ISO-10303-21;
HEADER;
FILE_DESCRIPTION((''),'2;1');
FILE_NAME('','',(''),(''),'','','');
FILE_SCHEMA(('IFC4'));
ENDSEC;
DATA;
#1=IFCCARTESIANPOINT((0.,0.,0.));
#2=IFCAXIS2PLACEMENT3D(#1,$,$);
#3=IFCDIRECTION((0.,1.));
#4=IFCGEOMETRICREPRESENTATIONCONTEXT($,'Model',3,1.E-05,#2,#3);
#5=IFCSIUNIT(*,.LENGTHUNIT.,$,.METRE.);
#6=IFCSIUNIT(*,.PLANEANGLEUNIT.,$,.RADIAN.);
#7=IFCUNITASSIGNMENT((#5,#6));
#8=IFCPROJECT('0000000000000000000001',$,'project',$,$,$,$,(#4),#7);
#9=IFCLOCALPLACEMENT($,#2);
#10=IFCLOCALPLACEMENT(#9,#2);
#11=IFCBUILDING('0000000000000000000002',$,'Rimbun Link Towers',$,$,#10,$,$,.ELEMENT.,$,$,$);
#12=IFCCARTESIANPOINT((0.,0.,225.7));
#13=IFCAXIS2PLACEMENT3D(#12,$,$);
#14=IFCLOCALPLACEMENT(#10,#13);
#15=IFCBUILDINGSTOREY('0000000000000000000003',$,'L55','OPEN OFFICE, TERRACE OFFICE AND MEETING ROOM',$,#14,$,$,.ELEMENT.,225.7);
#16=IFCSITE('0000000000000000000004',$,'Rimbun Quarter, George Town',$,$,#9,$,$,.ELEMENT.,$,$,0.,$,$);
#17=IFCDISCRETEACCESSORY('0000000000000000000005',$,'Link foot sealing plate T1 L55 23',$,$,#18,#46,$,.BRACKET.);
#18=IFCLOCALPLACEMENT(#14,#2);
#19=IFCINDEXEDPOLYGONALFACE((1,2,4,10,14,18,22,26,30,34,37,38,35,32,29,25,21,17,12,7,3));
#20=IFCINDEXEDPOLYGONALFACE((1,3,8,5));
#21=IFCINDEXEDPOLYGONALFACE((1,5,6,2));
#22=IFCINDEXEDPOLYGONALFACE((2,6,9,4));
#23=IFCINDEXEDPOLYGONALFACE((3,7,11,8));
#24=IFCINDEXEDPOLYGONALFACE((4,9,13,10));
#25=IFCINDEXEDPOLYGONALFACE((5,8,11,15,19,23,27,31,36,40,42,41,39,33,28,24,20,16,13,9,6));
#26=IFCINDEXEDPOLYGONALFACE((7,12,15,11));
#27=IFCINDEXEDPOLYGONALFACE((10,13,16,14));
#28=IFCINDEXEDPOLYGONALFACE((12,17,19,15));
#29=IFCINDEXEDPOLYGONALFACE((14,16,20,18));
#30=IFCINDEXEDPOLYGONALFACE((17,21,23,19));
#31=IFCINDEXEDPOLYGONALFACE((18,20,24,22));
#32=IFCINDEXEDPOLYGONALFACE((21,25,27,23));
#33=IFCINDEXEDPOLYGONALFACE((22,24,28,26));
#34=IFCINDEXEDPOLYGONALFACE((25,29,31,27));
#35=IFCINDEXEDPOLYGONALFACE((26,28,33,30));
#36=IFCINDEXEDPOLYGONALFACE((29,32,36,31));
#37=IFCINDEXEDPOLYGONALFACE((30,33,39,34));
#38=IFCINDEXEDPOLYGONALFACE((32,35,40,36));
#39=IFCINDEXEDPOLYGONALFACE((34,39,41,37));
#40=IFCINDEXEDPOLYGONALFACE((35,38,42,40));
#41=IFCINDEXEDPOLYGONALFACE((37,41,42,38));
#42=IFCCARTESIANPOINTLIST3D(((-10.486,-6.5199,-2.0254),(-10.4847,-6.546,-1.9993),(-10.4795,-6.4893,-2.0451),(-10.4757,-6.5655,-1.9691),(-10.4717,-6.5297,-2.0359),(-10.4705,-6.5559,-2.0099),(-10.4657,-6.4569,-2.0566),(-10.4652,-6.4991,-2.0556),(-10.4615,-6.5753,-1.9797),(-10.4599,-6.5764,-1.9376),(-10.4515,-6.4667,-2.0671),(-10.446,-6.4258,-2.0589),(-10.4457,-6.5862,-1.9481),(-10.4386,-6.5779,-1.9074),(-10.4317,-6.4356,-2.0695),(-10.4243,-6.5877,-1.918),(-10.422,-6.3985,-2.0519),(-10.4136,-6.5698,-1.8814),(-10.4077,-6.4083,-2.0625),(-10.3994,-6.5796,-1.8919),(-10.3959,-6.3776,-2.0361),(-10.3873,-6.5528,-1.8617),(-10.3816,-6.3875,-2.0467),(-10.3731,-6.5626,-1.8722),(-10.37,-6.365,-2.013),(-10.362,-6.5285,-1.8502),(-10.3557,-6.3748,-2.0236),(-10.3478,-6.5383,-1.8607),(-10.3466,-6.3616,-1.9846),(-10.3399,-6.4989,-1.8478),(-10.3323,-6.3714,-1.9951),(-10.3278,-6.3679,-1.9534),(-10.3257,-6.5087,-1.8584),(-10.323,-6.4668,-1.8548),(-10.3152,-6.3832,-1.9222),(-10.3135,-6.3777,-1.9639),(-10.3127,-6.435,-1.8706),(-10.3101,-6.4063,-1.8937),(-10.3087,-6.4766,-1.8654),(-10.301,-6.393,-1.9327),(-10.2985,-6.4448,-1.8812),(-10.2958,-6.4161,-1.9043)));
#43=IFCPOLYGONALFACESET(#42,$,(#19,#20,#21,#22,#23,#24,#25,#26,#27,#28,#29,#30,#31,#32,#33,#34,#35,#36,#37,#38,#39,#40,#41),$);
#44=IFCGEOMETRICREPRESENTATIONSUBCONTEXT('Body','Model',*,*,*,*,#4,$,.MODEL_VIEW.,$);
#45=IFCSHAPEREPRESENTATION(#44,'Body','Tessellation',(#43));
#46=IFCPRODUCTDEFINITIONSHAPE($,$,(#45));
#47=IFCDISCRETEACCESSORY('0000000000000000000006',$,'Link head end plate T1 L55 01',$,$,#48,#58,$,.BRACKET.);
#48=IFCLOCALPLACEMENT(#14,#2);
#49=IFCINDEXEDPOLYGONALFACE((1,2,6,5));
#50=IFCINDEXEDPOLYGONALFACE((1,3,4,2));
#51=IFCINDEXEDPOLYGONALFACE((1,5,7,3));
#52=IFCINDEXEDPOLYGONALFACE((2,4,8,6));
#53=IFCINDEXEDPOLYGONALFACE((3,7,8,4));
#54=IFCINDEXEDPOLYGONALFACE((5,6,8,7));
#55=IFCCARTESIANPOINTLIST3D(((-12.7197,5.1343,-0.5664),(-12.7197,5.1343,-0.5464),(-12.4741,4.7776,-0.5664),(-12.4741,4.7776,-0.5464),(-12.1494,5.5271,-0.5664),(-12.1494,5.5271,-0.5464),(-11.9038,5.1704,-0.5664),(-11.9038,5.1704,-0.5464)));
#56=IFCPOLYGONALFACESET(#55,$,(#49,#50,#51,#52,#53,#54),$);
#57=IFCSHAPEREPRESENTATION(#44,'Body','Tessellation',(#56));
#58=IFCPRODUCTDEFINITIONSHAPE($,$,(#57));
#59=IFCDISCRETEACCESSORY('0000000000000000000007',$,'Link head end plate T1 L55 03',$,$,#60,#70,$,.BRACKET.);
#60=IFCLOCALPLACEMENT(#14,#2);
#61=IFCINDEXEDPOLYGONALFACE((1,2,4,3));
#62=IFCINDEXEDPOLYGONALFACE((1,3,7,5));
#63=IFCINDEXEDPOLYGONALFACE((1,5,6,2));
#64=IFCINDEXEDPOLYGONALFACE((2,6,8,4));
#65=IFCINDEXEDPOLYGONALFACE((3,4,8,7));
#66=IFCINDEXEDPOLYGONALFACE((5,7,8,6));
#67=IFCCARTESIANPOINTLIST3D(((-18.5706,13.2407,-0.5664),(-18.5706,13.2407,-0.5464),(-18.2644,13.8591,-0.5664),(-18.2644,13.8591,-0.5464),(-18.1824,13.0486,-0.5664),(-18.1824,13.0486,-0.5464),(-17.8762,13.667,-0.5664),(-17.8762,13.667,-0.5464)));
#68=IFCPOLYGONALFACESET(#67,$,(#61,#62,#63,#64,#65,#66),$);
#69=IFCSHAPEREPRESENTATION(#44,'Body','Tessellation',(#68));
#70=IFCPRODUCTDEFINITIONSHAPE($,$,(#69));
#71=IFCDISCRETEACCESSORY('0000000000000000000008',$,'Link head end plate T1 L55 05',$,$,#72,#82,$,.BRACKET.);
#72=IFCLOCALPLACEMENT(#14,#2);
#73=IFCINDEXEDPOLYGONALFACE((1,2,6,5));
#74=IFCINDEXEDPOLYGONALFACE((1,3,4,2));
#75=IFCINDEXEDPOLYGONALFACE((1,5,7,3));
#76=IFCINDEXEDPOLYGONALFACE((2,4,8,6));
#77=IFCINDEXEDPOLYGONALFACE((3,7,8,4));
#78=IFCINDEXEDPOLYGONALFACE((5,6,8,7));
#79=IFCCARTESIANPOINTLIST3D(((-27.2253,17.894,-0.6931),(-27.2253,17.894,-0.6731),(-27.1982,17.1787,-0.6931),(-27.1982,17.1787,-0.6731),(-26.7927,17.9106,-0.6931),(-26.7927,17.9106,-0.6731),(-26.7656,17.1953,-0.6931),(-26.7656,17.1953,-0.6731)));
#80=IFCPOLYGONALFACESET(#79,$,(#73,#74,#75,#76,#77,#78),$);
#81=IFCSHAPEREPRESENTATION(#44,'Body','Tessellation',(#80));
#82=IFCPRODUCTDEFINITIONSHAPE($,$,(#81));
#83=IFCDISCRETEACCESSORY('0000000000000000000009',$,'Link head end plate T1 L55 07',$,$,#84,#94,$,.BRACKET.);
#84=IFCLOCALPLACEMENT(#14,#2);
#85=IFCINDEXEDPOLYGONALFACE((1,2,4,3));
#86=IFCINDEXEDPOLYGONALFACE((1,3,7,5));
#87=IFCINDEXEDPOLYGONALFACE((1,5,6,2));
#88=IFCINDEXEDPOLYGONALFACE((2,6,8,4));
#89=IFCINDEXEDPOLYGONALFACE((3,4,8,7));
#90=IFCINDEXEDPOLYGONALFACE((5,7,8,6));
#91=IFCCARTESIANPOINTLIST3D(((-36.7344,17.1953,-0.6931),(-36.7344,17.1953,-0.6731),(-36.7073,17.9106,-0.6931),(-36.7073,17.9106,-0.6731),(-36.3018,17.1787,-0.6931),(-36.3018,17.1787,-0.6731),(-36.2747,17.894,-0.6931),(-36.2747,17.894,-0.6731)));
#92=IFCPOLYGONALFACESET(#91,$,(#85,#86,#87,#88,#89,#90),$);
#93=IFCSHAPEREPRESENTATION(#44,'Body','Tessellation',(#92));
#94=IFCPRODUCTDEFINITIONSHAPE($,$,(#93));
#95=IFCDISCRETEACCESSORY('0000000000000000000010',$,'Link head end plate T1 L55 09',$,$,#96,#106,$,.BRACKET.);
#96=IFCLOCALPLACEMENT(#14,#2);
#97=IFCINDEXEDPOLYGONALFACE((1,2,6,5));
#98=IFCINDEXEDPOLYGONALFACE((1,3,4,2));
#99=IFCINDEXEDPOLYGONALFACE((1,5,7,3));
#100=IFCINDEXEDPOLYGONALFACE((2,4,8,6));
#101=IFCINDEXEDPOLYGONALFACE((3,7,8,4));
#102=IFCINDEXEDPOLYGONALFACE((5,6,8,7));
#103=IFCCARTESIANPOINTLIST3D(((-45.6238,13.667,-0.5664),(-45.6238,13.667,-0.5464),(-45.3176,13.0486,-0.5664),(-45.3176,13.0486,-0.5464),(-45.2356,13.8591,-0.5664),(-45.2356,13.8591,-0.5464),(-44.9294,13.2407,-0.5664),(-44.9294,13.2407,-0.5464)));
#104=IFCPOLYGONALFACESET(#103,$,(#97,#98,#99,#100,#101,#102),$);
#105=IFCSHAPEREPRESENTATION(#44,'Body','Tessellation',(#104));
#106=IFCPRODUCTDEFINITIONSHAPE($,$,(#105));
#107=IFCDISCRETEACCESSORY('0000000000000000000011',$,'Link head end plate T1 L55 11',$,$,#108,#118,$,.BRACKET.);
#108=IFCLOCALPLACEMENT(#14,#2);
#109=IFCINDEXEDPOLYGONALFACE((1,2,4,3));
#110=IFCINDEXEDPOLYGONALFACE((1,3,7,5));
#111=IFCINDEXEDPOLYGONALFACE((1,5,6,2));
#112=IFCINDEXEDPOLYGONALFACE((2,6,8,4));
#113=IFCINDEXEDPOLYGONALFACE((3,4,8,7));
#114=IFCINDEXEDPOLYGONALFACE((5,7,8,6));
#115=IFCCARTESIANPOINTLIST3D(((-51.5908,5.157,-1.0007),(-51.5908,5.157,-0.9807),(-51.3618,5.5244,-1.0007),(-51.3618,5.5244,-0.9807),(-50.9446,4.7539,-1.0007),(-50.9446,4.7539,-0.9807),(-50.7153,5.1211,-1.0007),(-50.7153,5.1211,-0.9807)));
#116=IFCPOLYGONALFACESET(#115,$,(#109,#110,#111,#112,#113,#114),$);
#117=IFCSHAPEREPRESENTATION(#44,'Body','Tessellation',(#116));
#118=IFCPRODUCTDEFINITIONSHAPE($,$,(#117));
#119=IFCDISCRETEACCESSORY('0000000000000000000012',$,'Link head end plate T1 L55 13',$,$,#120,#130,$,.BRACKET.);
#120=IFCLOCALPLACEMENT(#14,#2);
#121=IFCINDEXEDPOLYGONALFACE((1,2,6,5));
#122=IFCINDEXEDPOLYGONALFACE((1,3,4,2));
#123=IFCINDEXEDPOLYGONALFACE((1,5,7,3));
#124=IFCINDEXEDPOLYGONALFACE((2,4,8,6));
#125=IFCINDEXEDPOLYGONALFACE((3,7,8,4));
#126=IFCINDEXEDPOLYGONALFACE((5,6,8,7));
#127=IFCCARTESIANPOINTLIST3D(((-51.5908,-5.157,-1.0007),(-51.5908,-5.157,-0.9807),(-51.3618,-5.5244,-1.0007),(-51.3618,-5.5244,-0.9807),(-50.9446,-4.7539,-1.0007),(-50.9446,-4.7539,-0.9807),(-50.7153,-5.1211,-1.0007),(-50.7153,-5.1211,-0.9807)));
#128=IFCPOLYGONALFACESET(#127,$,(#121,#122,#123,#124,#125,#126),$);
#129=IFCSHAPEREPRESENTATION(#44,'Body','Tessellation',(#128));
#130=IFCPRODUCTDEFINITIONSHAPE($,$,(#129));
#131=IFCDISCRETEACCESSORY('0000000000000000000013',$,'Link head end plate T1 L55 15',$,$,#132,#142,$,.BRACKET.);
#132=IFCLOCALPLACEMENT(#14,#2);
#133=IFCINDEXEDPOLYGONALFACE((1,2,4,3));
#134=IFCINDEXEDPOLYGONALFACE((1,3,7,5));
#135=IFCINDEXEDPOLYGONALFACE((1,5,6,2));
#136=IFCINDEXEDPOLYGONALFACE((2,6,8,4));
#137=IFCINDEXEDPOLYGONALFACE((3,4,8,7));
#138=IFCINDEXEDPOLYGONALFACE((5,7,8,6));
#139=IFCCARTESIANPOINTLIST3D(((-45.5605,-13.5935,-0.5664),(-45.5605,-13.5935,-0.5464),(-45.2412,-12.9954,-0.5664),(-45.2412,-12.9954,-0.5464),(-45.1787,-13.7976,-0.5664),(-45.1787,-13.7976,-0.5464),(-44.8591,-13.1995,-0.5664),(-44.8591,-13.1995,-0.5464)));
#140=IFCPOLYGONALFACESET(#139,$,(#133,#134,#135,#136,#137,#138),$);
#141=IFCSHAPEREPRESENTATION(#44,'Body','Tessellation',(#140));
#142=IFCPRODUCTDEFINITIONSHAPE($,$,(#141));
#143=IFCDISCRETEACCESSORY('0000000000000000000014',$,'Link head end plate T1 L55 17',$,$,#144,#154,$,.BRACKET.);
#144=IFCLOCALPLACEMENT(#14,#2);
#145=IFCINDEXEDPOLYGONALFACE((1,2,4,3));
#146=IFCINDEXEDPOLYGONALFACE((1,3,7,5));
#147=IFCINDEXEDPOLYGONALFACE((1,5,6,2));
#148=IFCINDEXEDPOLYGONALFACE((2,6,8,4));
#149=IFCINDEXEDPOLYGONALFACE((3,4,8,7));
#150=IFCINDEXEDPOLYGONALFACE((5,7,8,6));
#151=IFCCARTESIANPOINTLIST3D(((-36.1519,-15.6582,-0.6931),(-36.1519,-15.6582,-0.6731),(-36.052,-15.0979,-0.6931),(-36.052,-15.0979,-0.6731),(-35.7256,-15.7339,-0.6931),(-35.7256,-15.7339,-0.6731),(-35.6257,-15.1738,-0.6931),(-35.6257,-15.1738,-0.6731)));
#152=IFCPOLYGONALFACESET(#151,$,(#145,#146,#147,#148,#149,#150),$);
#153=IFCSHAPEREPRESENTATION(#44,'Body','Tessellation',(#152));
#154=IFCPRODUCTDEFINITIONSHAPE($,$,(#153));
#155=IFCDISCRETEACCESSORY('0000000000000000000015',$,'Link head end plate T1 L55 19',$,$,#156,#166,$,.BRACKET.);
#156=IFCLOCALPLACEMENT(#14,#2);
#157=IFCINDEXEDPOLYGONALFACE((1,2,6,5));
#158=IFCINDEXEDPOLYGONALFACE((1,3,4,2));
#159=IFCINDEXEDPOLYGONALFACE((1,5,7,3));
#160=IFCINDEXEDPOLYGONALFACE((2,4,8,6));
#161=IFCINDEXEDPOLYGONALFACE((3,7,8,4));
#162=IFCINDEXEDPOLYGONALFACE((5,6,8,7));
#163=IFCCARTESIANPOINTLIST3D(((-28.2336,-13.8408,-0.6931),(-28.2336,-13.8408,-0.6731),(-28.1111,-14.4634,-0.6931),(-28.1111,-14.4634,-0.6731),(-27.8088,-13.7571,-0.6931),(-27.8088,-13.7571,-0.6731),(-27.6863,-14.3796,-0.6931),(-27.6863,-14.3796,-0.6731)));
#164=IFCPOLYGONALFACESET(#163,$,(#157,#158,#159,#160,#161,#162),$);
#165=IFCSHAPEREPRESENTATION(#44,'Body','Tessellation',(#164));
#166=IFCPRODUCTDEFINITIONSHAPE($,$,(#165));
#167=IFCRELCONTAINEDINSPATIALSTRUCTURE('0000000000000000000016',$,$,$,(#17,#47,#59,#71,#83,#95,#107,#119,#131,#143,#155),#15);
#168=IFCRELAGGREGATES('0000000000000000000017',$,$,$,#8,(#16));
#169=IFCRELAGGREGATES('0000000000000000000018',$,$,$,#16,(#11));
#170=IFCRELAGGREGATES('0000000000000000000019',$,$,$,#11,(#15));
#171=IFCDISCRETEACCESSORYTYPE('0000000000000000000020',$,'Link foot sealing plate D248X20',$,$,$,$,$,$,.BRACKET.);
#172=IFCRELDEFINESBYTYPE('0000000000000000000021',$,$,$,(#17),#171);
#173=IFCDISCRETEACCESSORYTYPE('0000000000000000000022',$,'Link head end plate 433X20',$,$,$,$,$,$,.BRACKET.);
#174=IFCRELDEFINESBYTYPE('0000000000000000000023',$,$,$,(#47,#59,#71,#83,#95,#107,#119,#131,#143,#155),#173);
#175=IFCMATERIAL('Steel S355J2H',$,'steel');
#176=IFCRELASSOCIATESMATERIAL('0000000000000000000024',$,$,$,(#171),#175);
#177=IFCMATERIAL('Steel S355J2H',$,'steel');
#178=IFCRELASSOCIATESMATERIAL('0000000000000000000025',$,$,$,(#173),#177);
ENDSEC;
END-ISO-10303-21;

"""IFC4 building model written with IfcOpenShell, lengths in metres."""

from ifc_helpers import new_model, si_unit, direction, frame, origin, origin_2d, place, context, subcontext, project, spatial, polyline, rectangle, circle, outline, extrude, material, material_profile, profile_set, type_object, element, save


model = new_model("IFC4")

# Units and contexts
model_context = context("Model", 3, precision=1e-05, world=origin(), true_north=direction((0.0, 1.0)))
body_context = subcontext(model_context, "Body", "Model", "MODEL_VIEW")
ifc_project = project(units=[si_unit("LENGTHUNIT", "METRE"), si_unit("PLANEANGLEUNIT", "RADIAN")], contexts=[model_context])

# Site, building, storey
site_placement = place(None, origin())
site = spatial("IfcSite", under=ifc_project, at=site_placement, Name="Rimbun Quarter, George Town", CompositionType="ELEMENT", RefElevation=0.0)
building_placement = place(site_placement, origin())
building = spatial("IfcBuilding", under=site, at=building_placement, Name="Rimbun Link Towers", CompositionType="ELEMENT")
storey_placement = place(building_placement, frame((0.0, 0.0, 225.7)))
storey = spatial("IfcBuildingStorey", under=building, at=storey_placement, Name="L55", Description="OPEN OFFICE, TERRACE OFFICE AND MEETING ROOM", CompositionType="ELEMENT", Elevation=225.7)

# Discrete accessories
ifc_material_1 = material(Name="Steel S355J2H", Category="steel")
ifc_material_profile_1 = material_profile(ifc_material_1, circle(Radius=0.124, at=origin_2d()), Name="PL D248")
ifc_profile_set_1 = profile_set([ifc_material_profile_1], Name="Steel S355J2H")
discrete_accessory_type_1 = type_object("IfcDiscreteAccessoryType", Name="Link foot sealing plate D248X20", PredefinedType="BRACKET", material=ifc_profile_set_1)
discrete_accessory_1_placement = place(storey_placement, frame((-10.3982, -6.47, -1.9534), z_axis=(0.702682, -0.484608, -0.520954), x_axis=(0.567733, 0.823213, 0.0)))
element("IfcDiscreteAccessory", 1, at=discrete_accessory_1_placement, inside=storey, type_object=discrete_accessory_type_1, Name="Link foot sealing plate T1 L55 23", PredefinedType="BRACKET", context=body_context, shape_type="SweptSolid", body=[
    extrude(circle(Radius=0.124, at=origin_2d()), origin(), (0.0, 0.0, 1.0), 0.0203),
])
ifc_material_2 = material(Name="Steel S355J2H", Category="steel")
ifc_material_profile_2 = material_profile(ifc_material_2, rectangle(XDim=0.4331, YDim=0.4331, at=origin_2d()), Name="PL 433x433")
ifc_profile_set_2 = profile_set([ifc_material_profile_2], Name="Steel S355J2H")
discrete_accessory_type_2 = type_object("IfcDiscreteAccessoryType", Name="Link head end plate 433X20", PredefinedType="BRACKET", material=ifc_profile_set_2)
discrete_accessory_2_placement = place(storey_placement, frame((0.0, 0.0, -0.5664)))
element("IfcDiscreteAccessory", 2, at=discrete_accessory_2_placement, inside=storey, type_object=discrete_accessory_type_2, Name="Link head end plate T1 L55 01", PredefinedType="BRACKET", context=body_context, shape_type="SweptSolid", body=[
    extrude(outline(polyline([(-12.4741, 4.7776), (-11.9038, 5.1704), (-12.1494, 5.5271), (-12.7197, 5.1343), (-12.4741, 4.7776)])), origin(), (0.0, 0.0, 1.0), 0.02),
])
discrete_accessory_3_placement = place(storey_placement, frame((0.0, 0.0, -0.5664)))
element("IfcDiscreteAccessory", 3, at=discrete_accessory_3_placement, inside=storey, type_object=discrete_accessory_type_2, Name="Link head end plate T1 L55 03", PredefinedType="BRACKET", context=body_context, shape_type="SweptSolid", body=[
    extrude(outline(polyline([(-18.1824, 13.0486), (-17.8762, 13.667), (-18.2644, 13.8591), (-18.5706, 13.2407), (-18.1824, 13.0486)])), origin(), (0.0, 0.0, 1.0), 0.02),
])
discrete_accessory_4_placement = place(storey_placement, frame((0.0, 0.0, -0.6931)))
element("IfcDiscreteAccessory", 4, at=discrete_accessory_4_placement, inside=storey, type_object=discrete_accessory_type_2, Name="Link head end plate T1 L55 05", PredefinedType="BRACKET", context=body_context, shape_type="SweptSolid", body=[
    extrude(outline(polyline([(-26.7656, 17.1953), (-26.7927, 17.9106), (-27.2253, 17.894), (-27.1982, 17.1787), (-26.7656, 17.1953)])), origin(), (0.0, 0.0, 1.0), 0.02),
])
discrete_accessory_5_placement = place(storey_placement, frame((0.0, 0.0, -0.6931)))
element("IfcDiscreteAccessory", 5, at=discrete_accessory_5_placement, inside=storey, type_object=discrete_accessory_type_2, Name="Link head end plate T1 L55 07", PredefinedType="BRACKET", context=body_context, shape_type="SweptSolid", body=[
    extrude(outline(polyline([(-36.3018, 17.1787), (-36.2747, 17.894), (-36.7073, 17.9106), (-36.7344, 17.1953), (-36.3018, 17.1787)])), origin(), (0.0, 0.0, 1.0), 0.02),
])
discrete_accessory_6_placement = place(storey_placement, frame((0.0, 0.0, -0.5664)))
element("IfcDiscreteAccessory", 6, at=discrete_accessory_6_placement, inside=storey, type_object=discrete_accessory_type_2, Name="Link head end plate T1 L55 09", PredefinedType="BRACKET", context=body_context, shape_type="SweptSolid", body=[
    extrude(outline(polyline([(-44.9294, 13.2407), (-45.2356, 13.8591), (-45.6238, 13.667), (-45.3176, 13.0486), (-44.9294, 13.2407)])), origin(), (0.0, 0.0, 1.0), 0.02),
])
discrete_accessory_7_placement = place(storey_placement, frame((0.0, 0.0, -1.0007)))
element("IfcDiscreteAccessory", 7, at=discrete_accessory_7_placement, inside=storey, type_object=discrete_accessory_type_2, Name="Link head end plate T1 L55 11", PredefinedType="BRACKET", context=body_context, shape_type="SweptSolid", body=[
    extrude(outline(polyline([(-50.7153, 5.1211), (-51.3618, 5.5244), (-51.5908, 5.157), (-50.9446, 4.7539), (-50.7153, 5.1211)])), origin(), (0.0, 0.0, 1.0), 0.02),
])
discrete_accessory_8_placement = place(storey_placement, frame((0.0, 0.0, -1.0007)))
element("IfcDiscreteAccessory", 8, at=discrete_accessory_8_placement, inside=storey, type_object=discrete_accessory_type_2, Name="Link head end plate T1 L55 13", PredefinedType="BRACKET", context=body_context, shape_type="SweptSolid", body=[
    extrude(outline(polyline([(-50.9446, -4.7539), (-51.5908, -5.157), (-51.3618, -5.5244), (-50.7153, -5.1211), (-50.9446, -4.7539)])), origin(), (0.0, 0.0, 1.0), 0.02),
])
discrete_accessory_9_placement = place(storey_placement, frame((0.0, 0.0, -0.5664)))
element("IfcDiscreteAccessory", 9, at=discrete_accessory_9_placement, inside=storey, type_object=discrete_accessory_type_2, Name="Link head end plate T1 L55 15", PredefinedType="BRACKET", context=body_context, shape_type="SweptSolid", body=[
    extrude(outline(polyline([(-45.2412, -12.9954), (-45.5605, -13.5935), (-45.1787, -13.7976), (-44.8591, -13.1995), (-45.2412, -12.9954)])), origin(), (0.0, 0.0, 1.0), 0.02),
])
discrete_accessory_10_placement = place(storey_placement, frame((0.0, 0.0, -0.6931)))
element("IfcDiscreteAccessory", 10, at=discrete_accessory_10_placement, inside=storey, type_object=discrete_accessory_type_2, Name="Link head end plate T1 L55 17", PredefinedType="BRACKET", context=body_context, shape_type="SweptSolid", body=[
    extrude(outline(polyline([(-36.052, -15.0979), (-36.1519, -15.6582), (-35.7256, -15.7339), (-35.6257, -15.1738), (-36.052, -15.0979)])), origin(), (0.0, 0.0, 1.0), 0.02),
])
discrete_accessory_11_placement = place(storey_placement, frame((0.0, 0.0, -0.6931)))
element("IfcDiscreteAccessory", 11, at=discrete_accessory_11_placement, inside=storey, type_object=discrete_accessory_type_2, Name="Link head end plate T1 L55 19", PredefinedType="BRACKET", context=body_context, shape_type="SweptSolid", body=[
    extrude(outline(polyline([(-28.2336, -13.8408), (-28.1111, -14.4634), (-27.6863, -14.3796), (-27.8088, -13.7571), (-28.2336, -13.8408)])), origin(), (0.0, 0.0, 1.0), 0.02),
])

save(model, "model.ifc")
